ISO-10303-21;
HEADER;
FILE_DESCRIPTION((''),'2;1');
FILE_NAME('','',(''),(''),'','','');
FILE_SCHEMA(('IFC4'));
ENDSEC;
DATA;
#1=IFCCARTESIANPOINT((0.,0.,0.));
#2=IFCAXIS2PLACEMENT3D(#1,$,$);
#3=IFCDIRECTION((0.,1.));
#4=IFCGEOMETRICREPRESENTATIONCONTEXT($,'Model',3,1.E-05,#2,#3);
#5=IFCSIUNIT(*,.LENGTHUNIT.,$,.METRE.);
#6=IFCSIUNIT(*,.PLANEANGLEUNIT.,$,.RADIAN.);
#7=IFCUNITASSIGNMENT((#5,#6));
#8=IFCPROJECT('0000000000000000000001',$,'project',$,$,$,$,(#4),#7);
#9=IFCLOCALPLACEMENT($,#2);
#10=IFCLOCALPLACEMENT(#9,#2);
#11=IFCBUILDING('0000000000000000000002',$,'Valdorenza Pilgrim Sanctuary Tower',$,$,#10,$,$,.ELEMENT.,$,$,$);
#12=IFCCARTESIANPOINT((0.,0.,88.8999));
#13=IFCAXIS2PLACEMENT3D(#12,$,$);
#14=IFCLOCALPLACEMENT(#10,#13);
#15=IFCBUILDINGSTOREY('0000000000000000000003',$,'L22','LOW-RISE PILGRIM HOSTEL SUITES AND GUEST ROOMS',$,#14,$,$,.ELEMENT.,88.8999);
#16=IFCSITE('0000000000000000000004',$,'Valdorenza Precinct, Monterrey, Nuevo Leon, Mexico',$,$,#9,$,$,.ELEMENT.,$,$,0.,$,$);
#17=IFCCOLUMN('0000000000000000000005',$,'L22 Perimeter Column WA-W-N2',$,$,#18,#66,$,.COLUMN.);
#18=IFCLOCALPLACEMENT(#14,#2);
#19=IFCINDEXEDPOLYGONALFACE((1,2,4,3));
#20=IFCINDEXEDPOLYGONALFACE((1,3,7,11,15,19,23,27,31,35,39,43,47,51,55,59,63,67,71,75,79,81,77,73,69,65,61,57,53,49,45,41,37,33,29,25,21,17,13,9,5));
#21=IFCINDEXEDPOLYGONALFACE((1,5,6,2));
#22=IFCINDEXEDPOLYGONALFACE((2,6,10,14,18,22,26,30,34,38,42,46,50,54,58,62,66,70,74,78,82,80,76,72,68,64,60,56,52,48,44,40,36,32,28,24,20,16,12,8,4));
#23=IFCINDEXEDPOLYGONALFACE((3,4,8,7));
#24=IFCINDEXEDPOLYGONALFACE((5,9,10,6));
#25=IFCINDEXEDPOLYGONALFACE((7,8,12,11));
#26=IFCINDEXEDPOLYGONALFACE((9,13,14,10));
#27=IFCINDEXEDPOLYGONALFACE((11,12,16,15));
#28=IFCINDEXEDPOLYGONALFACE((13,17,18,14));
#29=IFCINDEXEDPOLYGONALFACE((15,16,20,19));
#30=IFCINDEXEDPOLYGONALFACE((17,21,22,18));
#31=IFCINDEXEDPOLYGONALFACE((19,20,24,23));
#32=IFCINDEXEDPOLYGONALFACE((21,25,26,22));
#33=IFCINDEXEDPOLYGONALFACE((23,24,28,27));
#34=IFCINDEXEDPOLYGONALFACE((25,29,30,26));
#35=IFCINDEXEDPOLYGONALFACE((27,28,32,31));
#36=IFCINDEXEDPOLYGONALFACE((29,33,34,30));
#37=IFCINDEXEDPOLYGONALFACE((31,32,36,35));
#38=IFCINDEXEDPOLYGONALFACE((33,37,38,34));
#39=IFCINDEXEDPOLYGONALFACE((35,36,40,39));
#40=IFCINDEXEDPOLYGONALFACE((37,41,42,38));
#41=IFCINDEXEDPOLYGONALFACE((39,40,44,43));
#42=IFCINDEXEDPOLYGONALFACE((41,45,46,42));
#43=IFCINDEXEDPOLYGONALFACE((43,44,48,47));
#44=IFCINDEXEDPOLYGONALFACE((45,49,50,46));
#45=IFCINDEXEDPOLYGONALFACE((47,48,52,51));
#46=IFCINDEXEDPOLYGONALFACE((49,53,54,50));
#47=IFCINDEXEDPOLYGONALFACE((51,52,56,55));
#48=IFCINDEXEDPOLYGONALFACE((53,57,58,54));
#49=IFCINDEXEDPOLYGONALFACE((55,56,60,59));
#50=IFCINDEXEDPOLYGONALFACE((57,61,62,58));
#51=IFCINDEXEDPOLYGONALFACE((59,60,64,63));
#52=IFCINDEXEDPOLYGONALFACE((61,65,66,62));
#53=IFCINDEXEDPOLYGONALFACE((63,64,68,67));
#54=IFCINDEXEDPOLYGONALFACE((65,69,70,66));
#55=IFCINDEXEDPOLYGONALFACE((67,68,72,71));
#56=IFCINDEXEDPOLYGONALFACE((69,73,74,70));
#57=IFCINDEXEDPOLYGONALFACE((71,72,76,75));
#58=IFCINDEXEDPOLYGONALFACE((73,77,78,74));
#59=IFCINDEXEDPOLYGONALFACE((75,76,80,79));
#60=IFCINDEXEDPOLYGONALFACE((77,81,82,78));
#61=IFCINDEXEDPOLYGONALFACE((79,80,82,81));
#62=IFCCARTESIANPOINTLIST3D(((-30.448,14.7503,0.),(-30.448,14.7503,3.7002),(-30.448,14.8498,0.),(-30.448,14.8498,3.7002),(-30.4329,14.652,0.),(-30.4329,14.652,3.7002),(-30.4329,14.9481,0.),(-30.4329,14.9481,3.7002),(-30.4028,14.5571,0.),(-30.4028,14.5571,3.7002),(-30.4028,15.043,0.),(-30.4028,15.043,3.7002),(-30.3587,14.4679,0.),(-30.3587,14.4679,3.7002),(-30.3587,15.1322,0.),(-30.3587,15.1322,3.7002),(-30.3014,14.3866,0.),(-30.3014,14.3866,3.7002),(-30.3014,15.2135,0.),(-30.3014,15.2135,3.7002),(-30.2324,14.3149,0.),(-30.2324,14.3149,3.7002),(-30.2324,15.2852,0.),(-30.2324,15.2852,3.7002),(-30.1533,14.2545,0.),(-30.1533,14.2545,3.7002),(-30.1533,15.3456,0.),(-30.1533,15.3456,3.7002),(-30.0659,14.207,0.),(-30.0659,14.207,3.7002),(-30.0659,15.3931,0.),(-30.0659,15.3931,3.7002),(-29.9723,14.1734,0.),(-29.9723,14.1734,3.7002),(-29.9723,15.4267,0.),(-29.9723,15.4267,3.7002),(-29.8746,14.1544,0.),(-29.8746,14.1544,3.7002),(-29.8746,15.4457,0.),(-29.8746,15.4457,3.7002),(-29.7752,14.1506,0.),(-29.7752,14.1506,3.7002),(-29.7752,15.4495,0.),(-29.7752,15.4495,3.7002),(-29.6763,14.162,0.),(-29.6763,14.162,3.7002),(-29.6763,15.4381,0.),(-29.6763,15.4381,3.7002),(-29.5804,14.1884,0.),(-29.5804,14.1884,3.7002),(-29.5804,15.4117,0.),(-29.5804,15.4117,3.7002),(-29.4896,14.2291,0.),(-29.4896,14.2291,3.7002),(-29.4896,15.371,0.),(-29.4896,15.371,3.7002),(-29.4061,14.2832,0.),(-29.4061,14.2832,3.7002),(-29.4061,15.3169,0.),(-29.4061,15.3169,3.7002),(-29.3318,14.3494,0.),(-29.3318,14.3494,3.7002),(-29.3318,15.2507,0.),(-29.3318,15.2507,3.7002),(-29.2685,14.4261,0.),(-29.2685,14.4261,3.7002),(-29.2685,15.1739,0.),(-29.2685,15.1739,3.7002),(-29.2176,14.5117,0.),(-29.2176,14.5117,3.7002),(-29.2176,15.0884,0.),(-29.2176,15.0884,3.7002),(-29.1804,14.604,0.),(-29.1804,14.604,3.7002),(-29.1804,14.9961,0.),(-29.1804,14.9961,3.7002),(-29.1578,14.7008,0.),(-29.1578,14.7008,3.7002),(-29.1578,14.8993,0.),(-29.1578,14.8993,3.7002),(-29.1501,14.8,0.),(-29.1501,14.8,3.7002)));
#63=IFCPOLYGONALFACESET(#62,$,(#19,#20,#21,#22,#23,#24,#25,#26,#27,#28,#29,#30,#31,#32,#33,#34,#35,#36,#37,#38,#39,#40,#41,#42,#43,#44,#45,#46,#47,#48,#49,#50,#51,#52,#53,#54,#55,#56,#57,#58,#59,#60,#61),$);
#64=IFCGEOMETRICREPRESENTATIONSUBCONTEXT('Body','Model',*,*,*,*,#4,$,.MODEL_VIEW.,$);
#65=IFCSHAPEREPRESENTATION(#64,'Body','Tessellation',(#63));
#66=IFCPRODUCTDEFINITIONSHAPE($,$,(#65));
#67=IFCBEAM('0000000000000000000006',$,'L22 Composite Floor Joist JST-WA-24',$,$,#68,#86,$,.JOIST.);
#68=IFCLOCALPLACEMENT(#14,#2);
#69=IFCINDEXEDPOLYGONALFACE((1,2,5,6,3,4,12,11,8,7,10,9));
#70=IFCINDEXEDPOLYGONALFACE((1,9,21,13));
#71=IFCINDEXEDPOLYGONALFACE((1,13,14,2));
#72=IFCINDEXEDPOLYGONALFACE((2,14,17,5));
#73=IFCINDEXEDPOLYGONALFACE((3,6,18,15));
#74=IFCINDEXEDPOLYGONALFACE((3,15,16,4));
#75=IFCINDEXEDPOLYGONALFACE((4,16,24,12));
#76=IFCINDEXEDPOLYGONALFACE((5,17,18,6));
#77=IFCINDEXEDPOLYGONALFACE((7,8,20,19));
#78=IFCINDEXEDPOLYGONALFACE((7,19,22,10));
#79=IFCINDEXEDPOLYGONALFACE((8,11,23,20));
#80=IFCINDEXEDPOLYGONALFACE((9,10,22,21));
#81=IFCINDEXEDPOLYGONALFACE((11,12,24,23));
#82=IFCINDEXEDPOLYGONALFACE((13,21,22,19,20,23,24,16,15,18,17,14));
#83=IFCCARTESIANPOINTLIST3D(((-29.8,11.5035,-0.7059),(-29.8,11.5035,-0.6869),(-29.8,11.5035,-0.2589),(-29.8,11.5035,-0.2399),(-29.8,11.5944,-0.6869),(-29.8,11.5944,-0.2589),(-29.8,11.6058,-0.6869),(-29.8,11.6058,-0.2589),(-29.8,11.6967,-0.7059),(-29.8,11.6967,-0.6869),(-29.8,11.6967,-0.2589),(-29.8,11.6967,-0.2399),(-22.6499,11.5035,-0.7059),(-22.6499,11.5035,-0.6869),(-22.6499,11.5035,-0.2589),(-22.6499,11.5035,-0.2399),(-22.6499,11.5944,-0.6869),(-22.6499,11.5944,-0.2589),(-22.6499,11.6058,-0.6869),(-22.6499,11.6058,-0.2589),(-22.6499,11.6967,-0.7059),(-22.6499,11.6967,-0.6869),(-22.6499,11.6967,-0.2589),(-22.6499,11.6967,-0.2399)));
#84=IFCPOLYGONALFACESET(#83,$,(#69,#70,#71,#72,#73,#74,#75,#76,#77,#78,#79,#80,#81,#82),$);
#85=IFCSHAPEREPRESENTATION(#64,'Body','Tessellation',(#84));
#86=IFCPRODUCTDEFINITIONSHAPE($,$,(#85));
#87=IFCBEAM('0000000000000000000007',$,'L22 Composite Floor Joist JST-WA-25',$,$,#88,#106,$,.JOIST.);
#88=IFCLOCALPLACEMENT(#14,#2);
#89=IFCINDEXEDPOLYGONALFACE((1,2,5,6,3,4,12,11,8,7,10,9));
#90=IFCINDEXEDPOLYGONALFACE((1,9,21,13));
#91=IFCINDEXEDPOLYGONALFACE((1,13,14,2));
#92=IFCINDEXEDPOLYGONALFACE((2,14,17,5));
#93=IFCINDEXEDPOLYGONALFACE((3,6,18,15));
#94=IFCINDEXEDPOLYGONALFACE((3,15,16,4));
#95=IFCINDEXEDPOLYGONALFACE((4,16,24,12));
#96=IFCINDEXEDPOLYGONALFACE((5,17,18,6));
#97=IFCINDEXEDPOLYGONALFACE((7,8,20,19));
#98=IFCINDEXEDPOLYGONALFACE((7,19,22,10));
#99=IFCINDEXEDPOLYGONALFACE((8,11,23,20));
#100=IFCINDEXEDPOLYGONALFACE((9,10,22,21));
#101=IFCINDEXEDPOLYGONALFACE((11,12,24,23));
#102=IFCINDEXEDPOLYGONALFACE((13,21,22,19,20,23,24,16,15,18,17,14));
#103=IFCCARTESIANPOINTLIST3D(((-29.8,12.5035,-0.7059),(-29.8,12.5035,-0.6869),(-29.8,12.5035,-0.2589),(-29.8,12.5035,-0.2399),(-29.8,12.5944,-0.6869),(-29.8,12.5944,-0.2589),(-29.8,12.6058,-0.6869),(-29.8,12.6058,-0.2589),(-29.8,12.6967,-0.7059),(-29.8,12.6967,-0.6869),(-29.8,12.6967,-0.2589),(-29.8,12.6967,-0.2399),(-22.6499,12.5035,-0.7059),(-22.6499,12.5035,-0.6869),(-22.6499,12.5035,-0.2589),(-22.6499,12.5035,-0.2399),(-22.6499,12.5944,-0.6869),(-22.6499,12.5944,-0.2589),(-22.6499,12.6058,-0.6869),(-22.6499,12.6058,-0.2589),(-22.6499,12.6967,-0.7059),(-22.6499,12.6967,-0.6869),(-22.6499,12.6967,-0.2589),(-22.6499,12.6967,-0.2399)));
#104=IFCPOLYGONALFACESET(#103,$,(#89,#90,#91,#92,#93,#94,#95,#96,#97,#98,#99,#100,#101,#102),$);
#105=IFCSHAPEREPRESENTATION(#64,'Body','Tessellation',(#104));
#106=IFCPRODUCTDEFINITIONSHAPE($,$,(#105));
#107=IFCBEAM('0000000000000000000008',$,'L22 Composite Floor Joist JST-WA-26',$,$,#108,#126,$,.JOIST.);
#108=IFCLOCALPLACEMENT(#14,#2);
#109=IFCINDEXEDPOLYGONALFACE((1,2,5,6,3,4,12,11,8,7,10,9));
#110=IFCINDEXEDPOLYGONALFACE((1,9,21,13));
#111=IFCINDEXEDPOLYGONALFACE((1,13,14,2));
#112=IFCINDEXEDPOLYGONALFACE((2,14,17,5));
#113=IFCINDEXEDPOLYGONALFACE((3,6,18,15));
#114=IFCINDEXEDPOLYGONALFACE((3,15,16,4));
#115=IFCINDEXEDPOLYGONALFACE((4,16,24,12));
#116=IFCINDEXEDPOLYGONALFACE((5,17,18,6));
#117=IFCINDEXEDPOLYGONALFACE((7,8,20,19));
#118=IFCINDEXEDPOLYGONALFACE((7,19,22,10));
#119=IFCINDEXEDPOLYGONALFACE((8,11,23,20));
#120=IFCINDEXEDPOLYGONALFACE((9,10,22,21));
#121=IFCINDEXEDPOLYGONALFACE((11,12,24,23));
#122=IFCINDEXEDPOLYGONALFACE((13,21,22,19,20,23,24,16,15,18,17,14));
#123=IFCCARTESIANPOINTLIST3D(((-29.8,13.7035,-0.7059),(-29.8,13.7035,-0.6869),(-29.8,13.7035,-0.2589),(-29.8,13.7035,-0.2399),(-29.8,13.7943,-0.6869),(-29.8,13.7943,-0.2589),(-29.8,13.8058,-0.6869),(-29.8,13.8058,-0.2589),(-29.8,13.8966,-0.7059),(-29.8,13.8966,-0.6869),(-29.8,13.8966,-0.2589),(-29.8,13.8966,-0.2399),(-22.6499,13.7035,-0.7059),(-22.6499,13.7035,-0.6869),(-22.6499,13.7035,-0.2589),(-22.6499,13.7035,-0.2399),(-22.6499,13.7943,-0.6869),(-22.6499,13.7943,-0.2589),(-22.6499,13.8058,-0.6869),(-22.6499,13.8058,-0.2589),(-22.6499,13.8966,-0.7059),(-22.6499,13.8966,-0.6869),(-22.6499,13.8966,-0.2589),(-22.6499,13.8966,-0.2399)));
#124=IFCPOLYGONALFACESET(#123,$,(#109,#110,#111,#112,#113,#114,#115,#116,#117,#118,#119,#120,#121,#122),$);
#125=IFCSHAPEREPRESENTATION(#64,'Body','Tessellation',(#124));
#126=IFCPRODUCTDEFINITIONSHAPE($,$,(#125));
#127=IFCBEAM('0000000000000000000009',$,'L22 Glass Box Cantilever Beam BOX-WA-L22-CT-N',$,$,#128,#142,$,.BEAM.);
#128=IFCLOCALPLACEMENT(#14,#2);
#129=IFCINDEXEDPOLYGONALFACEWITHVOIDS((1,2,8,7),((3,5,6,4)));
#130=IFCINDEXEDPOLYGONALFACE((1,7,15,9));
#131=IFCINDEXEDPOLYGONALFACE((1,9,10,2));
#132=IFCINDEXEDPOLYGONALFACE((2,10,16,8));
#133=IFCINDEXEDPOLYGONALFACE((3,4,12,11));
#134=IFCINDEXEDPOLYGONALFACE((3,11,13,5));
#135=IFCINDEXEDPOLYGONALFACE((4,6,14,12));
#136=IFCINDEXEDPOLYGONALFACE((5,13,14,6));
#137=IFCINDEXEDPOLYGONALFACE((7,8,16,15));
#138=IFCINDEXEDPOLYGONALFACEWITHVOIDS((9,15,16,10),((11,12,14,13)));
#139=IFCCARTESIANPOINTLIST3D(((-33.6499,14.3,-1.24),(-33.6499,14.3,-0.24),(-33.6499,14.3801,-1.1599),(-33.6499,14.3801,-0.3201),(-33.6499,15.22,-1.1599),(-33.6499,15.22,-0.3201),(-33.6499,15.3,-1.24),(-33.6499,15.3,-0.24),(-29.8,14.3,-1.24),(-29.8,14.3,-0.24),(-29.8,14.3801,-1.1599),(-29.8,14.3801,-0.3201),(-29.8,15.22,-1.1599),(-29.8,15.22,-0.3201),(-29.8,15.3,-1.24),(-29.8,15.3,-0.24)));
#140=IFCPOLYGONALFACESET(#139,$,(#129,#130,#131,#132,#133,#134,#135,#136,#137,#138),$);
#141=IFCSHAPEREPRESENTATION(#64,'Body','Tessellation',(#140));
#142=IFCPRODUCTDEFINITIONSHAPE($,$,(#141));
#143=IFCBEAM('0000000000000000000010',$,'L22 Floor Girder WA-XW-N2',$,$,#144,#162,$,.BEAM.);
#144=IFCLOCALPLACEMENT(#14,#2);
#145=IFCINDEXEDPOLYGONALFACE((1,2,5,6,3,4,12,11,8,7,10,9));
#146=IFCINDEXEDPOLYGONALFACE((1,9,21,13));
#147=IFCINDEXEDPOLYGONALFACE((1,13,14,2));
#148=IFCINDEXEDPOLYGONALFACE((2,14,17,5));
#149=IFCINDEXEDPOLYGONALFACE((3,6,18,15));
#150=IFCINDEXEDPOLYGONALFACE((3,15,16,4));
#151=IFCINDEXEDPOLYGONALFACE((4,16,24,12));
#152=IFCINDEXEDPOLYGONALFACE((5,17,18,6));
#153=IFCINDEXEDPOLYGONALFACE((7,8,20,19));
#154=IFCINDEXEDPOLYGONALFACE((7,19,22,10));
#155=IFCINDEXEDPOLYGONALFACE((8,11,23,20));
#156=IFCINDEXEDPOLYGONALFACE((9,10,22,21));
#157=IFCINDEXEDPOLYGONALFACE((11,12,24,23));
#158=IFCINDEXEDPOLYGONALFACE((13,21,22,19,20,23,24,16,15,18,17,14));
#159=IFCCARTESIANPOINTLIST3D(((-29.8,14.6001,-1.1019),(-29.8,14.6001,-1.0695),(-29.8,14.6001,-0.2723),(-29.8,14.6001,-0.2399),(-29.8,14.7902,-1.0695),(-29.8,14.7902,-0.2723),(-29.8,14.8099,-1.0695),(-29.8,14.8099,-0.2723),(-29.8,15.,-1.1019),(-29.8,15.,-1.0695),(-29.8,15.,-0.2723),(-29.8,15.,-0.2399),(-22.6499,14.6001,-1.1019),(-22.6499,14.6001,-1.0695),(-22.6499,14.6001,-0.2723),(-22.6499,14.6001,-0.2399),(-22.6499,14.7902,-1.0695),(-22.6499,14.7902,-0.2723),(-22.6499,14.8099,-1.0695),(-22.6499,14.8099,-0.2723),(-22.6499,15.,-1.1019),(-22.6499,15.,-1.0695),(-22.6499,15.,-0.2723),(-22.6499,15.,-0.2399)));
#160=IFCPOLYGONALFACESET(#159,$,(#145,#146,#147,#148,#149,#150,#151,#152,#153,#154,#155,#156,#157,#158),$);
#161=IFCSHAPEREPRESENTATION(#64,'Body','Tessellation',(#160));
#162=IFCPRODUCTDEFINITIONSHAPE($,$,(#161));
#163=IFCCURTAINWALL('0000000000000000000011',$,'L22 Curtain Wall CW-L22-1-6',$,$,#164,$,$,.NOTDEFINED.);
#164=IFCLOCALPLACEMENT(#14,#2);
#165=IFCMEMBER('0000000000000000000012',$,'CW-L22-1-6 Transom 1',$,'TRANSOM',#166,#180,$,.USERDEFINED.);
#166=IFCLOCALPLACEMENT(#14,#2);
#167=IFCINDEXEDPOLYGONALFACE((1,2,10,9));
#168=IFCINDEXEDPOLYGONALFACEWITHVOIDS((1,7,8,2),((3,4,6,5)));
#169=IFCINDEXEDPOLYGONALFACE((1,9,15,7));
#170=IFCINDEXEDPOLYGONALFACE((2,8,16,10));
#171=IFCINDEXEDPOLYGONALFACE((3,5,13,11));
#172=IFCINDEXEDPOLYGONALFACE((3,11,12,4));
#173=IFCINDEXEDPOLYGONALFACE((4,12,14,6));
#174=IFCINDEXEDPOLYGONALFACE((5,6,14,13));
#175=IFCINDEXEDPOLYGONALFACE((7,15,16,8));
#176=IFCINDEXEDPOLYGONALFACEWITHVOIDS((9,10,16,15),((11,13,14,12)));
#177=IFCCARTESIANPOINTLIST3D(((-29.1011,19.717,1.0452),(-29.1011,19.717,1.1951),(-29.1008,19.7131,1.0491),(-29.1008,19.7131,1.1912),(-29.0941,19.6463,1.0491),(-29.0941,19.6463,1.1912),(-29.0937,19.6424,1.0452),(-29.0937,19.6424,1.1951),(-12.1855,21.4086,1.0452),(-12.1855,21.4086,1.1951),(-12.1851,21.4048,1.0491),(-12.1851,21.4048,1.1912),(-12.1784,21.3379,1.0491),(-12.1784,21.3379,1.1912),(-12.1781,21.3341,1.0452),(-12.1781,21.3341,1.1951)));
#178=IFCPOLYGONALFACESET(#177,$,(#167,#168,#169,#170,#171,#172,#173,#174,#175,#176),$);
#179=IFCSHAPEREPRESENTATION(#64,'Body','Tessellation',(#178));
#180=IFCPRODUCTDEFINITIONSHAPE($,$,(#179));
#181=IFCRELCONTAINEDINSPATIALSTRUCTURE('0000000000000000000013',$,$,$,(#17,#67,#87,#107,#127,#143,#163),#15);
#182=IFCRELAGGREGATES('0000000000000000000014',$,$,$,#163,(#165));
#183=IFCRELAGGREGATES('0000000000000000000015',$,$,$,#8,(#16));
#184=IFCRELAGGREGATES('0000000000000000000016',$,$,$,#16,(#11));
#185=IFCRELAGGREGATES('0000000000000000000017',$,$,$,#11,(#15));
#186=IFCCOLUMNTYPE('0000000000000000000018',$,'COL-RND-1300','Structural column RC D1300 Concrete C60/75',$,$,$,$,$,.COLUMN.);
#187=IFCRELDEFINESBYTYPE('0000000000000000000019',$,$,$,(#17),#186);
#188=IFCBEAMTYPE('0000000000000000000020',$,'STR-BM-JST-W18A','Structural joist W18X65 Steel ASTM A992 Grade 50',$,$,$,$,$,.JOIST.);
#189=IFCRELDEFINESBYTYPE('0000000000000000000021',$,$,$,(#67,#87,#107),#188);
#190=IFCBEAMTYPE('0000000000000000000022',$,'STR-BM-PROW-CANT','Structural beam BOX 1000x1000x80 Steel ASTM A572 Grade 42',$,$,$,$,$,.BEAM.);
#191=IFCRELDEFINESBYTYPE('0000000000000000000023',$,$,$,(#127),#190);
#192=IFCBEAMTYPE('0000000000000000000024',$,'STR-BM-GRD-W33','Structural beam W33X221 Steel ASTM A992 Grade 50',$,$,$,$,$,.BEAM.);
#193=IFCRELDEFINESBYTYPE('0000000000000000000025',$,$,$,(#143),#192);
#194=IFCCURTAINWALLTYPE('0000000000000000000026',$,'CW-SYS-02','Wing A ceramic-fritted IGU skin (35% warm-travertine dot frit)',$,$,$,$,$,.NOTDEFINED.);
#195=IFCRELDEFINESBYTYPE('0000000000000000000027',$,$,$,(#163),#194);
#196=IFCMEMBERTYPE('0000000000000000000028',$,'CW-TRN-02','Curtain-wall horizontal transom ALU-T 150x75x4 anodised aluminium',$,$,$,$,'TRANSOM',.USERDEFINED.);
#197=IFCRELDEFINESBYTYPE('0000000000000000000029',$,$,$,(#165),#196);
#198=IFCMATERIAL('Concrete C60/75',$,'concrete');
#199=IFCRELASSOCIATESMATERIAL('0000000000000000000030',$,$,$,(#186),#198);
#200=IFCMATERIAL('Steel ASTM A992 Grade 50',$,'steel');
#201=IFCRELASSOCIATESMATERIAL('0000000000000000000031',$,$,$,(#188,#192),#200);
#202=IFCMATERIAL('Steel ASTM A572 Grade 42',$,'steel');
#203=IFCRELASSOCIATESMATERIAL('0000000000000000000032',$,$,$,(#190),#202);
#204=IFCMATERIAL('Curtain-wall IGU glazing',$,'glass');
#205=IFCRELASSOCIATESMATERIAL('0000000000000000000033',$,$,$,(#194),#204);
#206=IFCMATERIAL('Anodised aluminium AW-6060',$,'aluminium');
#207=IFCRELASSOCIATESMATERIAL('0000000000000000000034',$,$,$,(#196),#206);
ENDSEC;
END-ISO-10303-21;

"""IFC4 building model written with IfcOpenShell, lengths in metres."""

from ifc_helpers import new_model, si_unit, direction, frame, origin, origin_2d, place, context, subcontext, project, spatial, hollow_rectangle, circle, i_section, extrude, source, transform, mapped, material, material_profile, profile_set, type_object, element, aggregate, save


model = new_model("IFC4")

# Units and contexts
model_context = context("Model", 3, precision=1e-05, world=origin(), true_north=direction((0.0, 1.0)))
body_context = subcontext(model_context, "Body", "Model", "MODEL_VIEW")
ifc_project = project(units=[si_unit("LENGTHUNIT", "METRE"), si_unit("PLANEANGLEUNIT", "RADIAN")], contexts=[model_context])

# Site, building, storey
site_placement = place(None, origin())
site = spatial("IfcSite", under=ifc_project, at=site_placement, Name="Valdorenza Precinct, Monterrey, Nuevo Leon, Mexico", CompositionType="ELEMENT", RefElevation=0.0)
building_placement = place(site_placement, origin())
building = spatial("IfcBuilding", under=site, at=building_placement, Name="Valdorenza Pilgrim Sanctuary Tower", CompositionType="ELEMENT")
storey_placement = place(building_placement, frame((0.0, 0.0, 88.8999)))
storey = spatial("IfcBuildingStorey", under=building, at=storey_placement, Name="L22", Description="LOW-RISE PILGRIM HOSTEL SUITES AND GUEST ROOMS", CompositionType="ELEMENT", Elevation=88.8999)

# Column
ifc_material_1 = material(Name="Concrete C60/75", Category="concrete")
ifc_material_profile_1 = material_profile(ifc_material_1, circle(Radius=0.6499, at=origin_2d()), Name="RC D1300")
ifc_profile_set_1 = profile_set([ifc_material_profile_1], Name="Concrete C60/75")
column_type = type_object("IfcColumnType", Name="COL-RND-1300", Description="Structural column RC D1300 Concrete C60/75", PredefinedType="COLUMN", material=ifc_profile_set_1)
shared_shape_1 = source(origin(), body_context, "Body", "SweptSolid", [
    extrude(circle(Radius=0.6499, at=origin_2d()), origin(), (0.0, 0.0, 1.0), 3.7002),
])
column_placement = place(storey_placement, frame((-29.8, 14.8, 0.0), z_axis=(0.0, 0.0, 1.0), x_axis=(1.0, 0.0, 0.0)))
element("IfcColumn", 1, at=column_placement, inside=storey, type_object=column_type, Name="L22 Perimeter Column WA-W-N2", PredefinedType="COLUMN", context=body_context, shape_type="MappedRepresentation", body=[
    mapped(shared_shape_1, transform((0.0, 0.0, 0.0), x_axis=(1.0, 0.0, 0.0), y_axis=(0.0, 1.0, 0.0), z_axis=(0.0, 0.0, 1.0), scale=1.0)),
])

# Beams
ifc_material_2 = material(Name="Steel ASTM A992 Grade 50", Category="steel")
ifc_material_profile_2 = material_profile(ifc_material_2, i_section(OverallWidth=0.1931, OverallDepth=0.4661, WebThickness=0.0115, FlangeThickness=0.019, at=origin_2d()), Name="W18X65")
ifc_profile_set_2 = profile_set([ifc_material_profile_2], Name="Steel ASTM A992 Grade 50")
beam_type_1 = type_object("IfcBeamType", Name="STR-BM-JST-W18A", Description="Structural joist W18X65 Steel ASTM A992 Grade 50", PredefinedType="JOIST", material=ifc_profile_set_2)
shared_shape_2 = source(origin(), body_context, "Body", "SweptSolid", [
    extrude(i_section(OverallWidth=0.1931, OverallDepth=0.4661, WebThickness=0.0115, FlangeThickness=0.019, at=origin_2d()), origin(), (0.0, 0.0, 1.0), 7.1501),
])
for number, where, z_axis, x_axis, name in (
    (2, (-29.8, 11.6001, -0.4729), (1.0, 0.0, 0.0), (0.0, 1.0, 0.0), "L22 Composite Floor Joist JST-WA-24"),
    (3, (-29.8, 12.6001, -0.4729), (1.0, 0.0, 0.0), (0.0, 1.0, 0.0), "L22 Composite Floor Joist JST-WA-25"),
    (4, (-29.8, 13.8, -0.4729), (1.0, 0.0, 0.0), (0.0, 1.0, 0.0), "L22 Composite Floor Joist JST-WA-26"),
):
    element("IfcBeam", number, at=place(storey_placement, frame(where, z_axis=z_axis, x_axis=x_axis)), inside=storey, type_object=beam_type_1, Name=name, PredefinedType="JOIST", context=body_context, shape_type="MappedRepresentation", body=[
        mapped(shared_shape_2, transform((0.0, 0.0, 0.0), x_axis=(1.0, 0.0, 0.0), y_axis=(0.0, 1.0, 0.0), z_axis=(0.0, 0.0, 1.0), scale=1.0)),
    ])
ifc_material_3 = material(Name="Steel ASTM A572 Grade 42", Category="steel")
ifc_material_profile_3 = material_profile(ifc_material_3, hollow_rectangle(XDim=1.0, YDim=1.0, WallThickness=0.0801, at=origin_2d()), Name="BOX 1000x1000x80")
ifc_profile_set_3 = profile_set([ifc_material_profile_3], Name="Steel ASTM A572 Grade 42")
beam_type_2 = type_object("IfcBeamType", Name="STR-BM-PROW-CANT", Description="Structural beam BOX 1000x1000x80 Steel ASTM A572 Grade 42", PredefinedType="BEAM", material=ifc_profile_set_3)
shared_shape_3 = source(origin(), body_context, "Body", "SweptSolid", [
    extrude(hollow_rectangle(XDim=1.0, YDim=1.0, WallThickness=0.0801, at=origin_2d()), origin(), (0.0, 0.0, 1.0), 3.8499),
])
beam_1_placement = place(storey_placement, frame((-29.8, 14.8, -0.74), z_axis=(-1.0, 0.0, 0.0), x_axis=(0.0, -1.0, 0.0)))
element("IfcBeam", 5, at=beam_1_placement, inside=storey, type_object=beam_type_2, Name="L22 Glass Box Cantilever Beam BOX-WA-L22-CT-N", PredefinedType="BEAM", context=body_context, shape_type="MappedRepresentation", body=[
    mapped(shared_shape_3, transform((0.0, 0.0, 0.0), x_axis=(1.0, 0.0, 0.0), y_axis=(0.0, 1.0, 0.0), z_axis=(0.0, 0.0, 1.0), scale=1.0)),
])
ifc_material_profile_4 = material_profile(ifc_material_2, i_section(OverallWidth=0.3999, OverallDepth=0.8621, WebThickness=0.0198, FlangeThickness=0.0325, at=origin_2d()), Name="W33X221")
ifc_profile_set_4 = profile_set([ifc_material_profile_4], Name="Steel ASTM A992 Grade 50")
beam_type_3 = type_object("IfcBeamType", Name="STR-BM-GRD-W33", Description="Structural beam W33X221 Steel ASTM A992 Grade 50", PredefinedType="BEAM", material=ifc_profile_set_4)
shared_shape_4 = source(origin(), body_context, "Body", "SweptSolid", [
    extrude(i_section(OverallWidth=0.3999, OverallDepth=0.8621, WebThickness=0.0198, FlangeThickness=0.0325, at=origin_2d()), origin(), (0.0, 0.0, 1.0), 7.1501),
])
beam_2_placement = place(storey_placement, frame((-29.8, 14.8, -0.6709), z_axis=(1.0, 0.0, 0.0), x_axis=(0.0, 1.0, 0.0)))
element("IfcBeam", 6, at=beam_2_placement, inside=storey, type_object=beam_type_3, Name="L22 Floor Girder WA-XW-N2", PredefinedType="BEAM", context=body_context, shape_type="MappedRepresentation", body=[
    mapped(shared_shape_4, transform((0.0, 0.0, 0.0), x_axis=(1.0, 0.0, 0.0), y_axis=(0.0, 1.0, 0.0), z_axis=(0.0, 0.0, 1.0), scale=1.0)),
])

# Curtain wall, member
ifc_material_4 = material(Name="Curtain-wall IGU glazing", Category="glass")
curtain_wall_type = type_object("IfcCurtainWallType", Name="CW-SYS-02", Description="Wing A ceramic-fritted IGU skin (35% warm-travertine dot frit)", PredefinedType="NOTDEFINED", material=ifc_material_4)
curtain_wall_1_placement = place(storey_placement, origin())
curtain_wall_1 = element("IfcCurtainWall", 7, at=curtain_wall_1_placement, inside=storey, type_object=curtain_wall_type, Name="L22 Curtain Wall CW-L22-1-6", PredefinedType="NOTDEFINED")
ifc_material_5 = material(Name="Anodised aluminium AW-6060", Category="aluminium")
ifc_material_profile_5 = material_profile(ifc_material_5, hollow_rectangle(XDim=0.075, YDim=0.1499, WallThickness=0.0039, at=origin_2d()), Name="ALU-T 150x75x4")
ifc_profile_set_5 = profile_set([ifc_material_profile_5], Name="Anodised aluminium AW-6060")
member_type_1 = type_object("IfcMemberType", Name="CW-TRN-02", Description="Curtain-wall horizontal transom ALU-T 150x75x4 anodised aluminium", ElementType="TRANSOM", PredefinedType="USERDEFINED", material=ifc_profile_set_5)
shared_shape_5 = source(origin(), body_context, "Body", "SweptSolid", [
    extrude(hollow_rectangle(XDim=0.075, YDim=0.1499, WallThickness=0.0039, at=origin_2d()), origin(), (0.0, 0.0, 1.0), 17.0),
])
member_1_placement = place(storey_placement, frame((-29.0974, 19.6797, 1.1201), z_axis=(0.995037, 0.099509, 0.0), x_axis=(-0.099509, 0.995037, 0.0)))
member_1 = element("IfcMember", 8, at=member_1_placement, type_object=member_type_1, Name="CW-L22-1-6 Transom 1", ObjectType="TRANSOM", PredefinedType="USERDEFINED", context=body_context, shape_type="MappedRepresentation", body=[
    mapped(shared_shape_5, transform((0.0, 0.0, 0.0), x_axis=(1.0, 0.0, 0.0), y_axis=(0.0, 1.0, 0.0), z_axis=(0.0, 0.0, 1.0), scale=1.0)),
])

aggregate(curtain_wall_1, [member_1])

save(model, "model.ifc")
